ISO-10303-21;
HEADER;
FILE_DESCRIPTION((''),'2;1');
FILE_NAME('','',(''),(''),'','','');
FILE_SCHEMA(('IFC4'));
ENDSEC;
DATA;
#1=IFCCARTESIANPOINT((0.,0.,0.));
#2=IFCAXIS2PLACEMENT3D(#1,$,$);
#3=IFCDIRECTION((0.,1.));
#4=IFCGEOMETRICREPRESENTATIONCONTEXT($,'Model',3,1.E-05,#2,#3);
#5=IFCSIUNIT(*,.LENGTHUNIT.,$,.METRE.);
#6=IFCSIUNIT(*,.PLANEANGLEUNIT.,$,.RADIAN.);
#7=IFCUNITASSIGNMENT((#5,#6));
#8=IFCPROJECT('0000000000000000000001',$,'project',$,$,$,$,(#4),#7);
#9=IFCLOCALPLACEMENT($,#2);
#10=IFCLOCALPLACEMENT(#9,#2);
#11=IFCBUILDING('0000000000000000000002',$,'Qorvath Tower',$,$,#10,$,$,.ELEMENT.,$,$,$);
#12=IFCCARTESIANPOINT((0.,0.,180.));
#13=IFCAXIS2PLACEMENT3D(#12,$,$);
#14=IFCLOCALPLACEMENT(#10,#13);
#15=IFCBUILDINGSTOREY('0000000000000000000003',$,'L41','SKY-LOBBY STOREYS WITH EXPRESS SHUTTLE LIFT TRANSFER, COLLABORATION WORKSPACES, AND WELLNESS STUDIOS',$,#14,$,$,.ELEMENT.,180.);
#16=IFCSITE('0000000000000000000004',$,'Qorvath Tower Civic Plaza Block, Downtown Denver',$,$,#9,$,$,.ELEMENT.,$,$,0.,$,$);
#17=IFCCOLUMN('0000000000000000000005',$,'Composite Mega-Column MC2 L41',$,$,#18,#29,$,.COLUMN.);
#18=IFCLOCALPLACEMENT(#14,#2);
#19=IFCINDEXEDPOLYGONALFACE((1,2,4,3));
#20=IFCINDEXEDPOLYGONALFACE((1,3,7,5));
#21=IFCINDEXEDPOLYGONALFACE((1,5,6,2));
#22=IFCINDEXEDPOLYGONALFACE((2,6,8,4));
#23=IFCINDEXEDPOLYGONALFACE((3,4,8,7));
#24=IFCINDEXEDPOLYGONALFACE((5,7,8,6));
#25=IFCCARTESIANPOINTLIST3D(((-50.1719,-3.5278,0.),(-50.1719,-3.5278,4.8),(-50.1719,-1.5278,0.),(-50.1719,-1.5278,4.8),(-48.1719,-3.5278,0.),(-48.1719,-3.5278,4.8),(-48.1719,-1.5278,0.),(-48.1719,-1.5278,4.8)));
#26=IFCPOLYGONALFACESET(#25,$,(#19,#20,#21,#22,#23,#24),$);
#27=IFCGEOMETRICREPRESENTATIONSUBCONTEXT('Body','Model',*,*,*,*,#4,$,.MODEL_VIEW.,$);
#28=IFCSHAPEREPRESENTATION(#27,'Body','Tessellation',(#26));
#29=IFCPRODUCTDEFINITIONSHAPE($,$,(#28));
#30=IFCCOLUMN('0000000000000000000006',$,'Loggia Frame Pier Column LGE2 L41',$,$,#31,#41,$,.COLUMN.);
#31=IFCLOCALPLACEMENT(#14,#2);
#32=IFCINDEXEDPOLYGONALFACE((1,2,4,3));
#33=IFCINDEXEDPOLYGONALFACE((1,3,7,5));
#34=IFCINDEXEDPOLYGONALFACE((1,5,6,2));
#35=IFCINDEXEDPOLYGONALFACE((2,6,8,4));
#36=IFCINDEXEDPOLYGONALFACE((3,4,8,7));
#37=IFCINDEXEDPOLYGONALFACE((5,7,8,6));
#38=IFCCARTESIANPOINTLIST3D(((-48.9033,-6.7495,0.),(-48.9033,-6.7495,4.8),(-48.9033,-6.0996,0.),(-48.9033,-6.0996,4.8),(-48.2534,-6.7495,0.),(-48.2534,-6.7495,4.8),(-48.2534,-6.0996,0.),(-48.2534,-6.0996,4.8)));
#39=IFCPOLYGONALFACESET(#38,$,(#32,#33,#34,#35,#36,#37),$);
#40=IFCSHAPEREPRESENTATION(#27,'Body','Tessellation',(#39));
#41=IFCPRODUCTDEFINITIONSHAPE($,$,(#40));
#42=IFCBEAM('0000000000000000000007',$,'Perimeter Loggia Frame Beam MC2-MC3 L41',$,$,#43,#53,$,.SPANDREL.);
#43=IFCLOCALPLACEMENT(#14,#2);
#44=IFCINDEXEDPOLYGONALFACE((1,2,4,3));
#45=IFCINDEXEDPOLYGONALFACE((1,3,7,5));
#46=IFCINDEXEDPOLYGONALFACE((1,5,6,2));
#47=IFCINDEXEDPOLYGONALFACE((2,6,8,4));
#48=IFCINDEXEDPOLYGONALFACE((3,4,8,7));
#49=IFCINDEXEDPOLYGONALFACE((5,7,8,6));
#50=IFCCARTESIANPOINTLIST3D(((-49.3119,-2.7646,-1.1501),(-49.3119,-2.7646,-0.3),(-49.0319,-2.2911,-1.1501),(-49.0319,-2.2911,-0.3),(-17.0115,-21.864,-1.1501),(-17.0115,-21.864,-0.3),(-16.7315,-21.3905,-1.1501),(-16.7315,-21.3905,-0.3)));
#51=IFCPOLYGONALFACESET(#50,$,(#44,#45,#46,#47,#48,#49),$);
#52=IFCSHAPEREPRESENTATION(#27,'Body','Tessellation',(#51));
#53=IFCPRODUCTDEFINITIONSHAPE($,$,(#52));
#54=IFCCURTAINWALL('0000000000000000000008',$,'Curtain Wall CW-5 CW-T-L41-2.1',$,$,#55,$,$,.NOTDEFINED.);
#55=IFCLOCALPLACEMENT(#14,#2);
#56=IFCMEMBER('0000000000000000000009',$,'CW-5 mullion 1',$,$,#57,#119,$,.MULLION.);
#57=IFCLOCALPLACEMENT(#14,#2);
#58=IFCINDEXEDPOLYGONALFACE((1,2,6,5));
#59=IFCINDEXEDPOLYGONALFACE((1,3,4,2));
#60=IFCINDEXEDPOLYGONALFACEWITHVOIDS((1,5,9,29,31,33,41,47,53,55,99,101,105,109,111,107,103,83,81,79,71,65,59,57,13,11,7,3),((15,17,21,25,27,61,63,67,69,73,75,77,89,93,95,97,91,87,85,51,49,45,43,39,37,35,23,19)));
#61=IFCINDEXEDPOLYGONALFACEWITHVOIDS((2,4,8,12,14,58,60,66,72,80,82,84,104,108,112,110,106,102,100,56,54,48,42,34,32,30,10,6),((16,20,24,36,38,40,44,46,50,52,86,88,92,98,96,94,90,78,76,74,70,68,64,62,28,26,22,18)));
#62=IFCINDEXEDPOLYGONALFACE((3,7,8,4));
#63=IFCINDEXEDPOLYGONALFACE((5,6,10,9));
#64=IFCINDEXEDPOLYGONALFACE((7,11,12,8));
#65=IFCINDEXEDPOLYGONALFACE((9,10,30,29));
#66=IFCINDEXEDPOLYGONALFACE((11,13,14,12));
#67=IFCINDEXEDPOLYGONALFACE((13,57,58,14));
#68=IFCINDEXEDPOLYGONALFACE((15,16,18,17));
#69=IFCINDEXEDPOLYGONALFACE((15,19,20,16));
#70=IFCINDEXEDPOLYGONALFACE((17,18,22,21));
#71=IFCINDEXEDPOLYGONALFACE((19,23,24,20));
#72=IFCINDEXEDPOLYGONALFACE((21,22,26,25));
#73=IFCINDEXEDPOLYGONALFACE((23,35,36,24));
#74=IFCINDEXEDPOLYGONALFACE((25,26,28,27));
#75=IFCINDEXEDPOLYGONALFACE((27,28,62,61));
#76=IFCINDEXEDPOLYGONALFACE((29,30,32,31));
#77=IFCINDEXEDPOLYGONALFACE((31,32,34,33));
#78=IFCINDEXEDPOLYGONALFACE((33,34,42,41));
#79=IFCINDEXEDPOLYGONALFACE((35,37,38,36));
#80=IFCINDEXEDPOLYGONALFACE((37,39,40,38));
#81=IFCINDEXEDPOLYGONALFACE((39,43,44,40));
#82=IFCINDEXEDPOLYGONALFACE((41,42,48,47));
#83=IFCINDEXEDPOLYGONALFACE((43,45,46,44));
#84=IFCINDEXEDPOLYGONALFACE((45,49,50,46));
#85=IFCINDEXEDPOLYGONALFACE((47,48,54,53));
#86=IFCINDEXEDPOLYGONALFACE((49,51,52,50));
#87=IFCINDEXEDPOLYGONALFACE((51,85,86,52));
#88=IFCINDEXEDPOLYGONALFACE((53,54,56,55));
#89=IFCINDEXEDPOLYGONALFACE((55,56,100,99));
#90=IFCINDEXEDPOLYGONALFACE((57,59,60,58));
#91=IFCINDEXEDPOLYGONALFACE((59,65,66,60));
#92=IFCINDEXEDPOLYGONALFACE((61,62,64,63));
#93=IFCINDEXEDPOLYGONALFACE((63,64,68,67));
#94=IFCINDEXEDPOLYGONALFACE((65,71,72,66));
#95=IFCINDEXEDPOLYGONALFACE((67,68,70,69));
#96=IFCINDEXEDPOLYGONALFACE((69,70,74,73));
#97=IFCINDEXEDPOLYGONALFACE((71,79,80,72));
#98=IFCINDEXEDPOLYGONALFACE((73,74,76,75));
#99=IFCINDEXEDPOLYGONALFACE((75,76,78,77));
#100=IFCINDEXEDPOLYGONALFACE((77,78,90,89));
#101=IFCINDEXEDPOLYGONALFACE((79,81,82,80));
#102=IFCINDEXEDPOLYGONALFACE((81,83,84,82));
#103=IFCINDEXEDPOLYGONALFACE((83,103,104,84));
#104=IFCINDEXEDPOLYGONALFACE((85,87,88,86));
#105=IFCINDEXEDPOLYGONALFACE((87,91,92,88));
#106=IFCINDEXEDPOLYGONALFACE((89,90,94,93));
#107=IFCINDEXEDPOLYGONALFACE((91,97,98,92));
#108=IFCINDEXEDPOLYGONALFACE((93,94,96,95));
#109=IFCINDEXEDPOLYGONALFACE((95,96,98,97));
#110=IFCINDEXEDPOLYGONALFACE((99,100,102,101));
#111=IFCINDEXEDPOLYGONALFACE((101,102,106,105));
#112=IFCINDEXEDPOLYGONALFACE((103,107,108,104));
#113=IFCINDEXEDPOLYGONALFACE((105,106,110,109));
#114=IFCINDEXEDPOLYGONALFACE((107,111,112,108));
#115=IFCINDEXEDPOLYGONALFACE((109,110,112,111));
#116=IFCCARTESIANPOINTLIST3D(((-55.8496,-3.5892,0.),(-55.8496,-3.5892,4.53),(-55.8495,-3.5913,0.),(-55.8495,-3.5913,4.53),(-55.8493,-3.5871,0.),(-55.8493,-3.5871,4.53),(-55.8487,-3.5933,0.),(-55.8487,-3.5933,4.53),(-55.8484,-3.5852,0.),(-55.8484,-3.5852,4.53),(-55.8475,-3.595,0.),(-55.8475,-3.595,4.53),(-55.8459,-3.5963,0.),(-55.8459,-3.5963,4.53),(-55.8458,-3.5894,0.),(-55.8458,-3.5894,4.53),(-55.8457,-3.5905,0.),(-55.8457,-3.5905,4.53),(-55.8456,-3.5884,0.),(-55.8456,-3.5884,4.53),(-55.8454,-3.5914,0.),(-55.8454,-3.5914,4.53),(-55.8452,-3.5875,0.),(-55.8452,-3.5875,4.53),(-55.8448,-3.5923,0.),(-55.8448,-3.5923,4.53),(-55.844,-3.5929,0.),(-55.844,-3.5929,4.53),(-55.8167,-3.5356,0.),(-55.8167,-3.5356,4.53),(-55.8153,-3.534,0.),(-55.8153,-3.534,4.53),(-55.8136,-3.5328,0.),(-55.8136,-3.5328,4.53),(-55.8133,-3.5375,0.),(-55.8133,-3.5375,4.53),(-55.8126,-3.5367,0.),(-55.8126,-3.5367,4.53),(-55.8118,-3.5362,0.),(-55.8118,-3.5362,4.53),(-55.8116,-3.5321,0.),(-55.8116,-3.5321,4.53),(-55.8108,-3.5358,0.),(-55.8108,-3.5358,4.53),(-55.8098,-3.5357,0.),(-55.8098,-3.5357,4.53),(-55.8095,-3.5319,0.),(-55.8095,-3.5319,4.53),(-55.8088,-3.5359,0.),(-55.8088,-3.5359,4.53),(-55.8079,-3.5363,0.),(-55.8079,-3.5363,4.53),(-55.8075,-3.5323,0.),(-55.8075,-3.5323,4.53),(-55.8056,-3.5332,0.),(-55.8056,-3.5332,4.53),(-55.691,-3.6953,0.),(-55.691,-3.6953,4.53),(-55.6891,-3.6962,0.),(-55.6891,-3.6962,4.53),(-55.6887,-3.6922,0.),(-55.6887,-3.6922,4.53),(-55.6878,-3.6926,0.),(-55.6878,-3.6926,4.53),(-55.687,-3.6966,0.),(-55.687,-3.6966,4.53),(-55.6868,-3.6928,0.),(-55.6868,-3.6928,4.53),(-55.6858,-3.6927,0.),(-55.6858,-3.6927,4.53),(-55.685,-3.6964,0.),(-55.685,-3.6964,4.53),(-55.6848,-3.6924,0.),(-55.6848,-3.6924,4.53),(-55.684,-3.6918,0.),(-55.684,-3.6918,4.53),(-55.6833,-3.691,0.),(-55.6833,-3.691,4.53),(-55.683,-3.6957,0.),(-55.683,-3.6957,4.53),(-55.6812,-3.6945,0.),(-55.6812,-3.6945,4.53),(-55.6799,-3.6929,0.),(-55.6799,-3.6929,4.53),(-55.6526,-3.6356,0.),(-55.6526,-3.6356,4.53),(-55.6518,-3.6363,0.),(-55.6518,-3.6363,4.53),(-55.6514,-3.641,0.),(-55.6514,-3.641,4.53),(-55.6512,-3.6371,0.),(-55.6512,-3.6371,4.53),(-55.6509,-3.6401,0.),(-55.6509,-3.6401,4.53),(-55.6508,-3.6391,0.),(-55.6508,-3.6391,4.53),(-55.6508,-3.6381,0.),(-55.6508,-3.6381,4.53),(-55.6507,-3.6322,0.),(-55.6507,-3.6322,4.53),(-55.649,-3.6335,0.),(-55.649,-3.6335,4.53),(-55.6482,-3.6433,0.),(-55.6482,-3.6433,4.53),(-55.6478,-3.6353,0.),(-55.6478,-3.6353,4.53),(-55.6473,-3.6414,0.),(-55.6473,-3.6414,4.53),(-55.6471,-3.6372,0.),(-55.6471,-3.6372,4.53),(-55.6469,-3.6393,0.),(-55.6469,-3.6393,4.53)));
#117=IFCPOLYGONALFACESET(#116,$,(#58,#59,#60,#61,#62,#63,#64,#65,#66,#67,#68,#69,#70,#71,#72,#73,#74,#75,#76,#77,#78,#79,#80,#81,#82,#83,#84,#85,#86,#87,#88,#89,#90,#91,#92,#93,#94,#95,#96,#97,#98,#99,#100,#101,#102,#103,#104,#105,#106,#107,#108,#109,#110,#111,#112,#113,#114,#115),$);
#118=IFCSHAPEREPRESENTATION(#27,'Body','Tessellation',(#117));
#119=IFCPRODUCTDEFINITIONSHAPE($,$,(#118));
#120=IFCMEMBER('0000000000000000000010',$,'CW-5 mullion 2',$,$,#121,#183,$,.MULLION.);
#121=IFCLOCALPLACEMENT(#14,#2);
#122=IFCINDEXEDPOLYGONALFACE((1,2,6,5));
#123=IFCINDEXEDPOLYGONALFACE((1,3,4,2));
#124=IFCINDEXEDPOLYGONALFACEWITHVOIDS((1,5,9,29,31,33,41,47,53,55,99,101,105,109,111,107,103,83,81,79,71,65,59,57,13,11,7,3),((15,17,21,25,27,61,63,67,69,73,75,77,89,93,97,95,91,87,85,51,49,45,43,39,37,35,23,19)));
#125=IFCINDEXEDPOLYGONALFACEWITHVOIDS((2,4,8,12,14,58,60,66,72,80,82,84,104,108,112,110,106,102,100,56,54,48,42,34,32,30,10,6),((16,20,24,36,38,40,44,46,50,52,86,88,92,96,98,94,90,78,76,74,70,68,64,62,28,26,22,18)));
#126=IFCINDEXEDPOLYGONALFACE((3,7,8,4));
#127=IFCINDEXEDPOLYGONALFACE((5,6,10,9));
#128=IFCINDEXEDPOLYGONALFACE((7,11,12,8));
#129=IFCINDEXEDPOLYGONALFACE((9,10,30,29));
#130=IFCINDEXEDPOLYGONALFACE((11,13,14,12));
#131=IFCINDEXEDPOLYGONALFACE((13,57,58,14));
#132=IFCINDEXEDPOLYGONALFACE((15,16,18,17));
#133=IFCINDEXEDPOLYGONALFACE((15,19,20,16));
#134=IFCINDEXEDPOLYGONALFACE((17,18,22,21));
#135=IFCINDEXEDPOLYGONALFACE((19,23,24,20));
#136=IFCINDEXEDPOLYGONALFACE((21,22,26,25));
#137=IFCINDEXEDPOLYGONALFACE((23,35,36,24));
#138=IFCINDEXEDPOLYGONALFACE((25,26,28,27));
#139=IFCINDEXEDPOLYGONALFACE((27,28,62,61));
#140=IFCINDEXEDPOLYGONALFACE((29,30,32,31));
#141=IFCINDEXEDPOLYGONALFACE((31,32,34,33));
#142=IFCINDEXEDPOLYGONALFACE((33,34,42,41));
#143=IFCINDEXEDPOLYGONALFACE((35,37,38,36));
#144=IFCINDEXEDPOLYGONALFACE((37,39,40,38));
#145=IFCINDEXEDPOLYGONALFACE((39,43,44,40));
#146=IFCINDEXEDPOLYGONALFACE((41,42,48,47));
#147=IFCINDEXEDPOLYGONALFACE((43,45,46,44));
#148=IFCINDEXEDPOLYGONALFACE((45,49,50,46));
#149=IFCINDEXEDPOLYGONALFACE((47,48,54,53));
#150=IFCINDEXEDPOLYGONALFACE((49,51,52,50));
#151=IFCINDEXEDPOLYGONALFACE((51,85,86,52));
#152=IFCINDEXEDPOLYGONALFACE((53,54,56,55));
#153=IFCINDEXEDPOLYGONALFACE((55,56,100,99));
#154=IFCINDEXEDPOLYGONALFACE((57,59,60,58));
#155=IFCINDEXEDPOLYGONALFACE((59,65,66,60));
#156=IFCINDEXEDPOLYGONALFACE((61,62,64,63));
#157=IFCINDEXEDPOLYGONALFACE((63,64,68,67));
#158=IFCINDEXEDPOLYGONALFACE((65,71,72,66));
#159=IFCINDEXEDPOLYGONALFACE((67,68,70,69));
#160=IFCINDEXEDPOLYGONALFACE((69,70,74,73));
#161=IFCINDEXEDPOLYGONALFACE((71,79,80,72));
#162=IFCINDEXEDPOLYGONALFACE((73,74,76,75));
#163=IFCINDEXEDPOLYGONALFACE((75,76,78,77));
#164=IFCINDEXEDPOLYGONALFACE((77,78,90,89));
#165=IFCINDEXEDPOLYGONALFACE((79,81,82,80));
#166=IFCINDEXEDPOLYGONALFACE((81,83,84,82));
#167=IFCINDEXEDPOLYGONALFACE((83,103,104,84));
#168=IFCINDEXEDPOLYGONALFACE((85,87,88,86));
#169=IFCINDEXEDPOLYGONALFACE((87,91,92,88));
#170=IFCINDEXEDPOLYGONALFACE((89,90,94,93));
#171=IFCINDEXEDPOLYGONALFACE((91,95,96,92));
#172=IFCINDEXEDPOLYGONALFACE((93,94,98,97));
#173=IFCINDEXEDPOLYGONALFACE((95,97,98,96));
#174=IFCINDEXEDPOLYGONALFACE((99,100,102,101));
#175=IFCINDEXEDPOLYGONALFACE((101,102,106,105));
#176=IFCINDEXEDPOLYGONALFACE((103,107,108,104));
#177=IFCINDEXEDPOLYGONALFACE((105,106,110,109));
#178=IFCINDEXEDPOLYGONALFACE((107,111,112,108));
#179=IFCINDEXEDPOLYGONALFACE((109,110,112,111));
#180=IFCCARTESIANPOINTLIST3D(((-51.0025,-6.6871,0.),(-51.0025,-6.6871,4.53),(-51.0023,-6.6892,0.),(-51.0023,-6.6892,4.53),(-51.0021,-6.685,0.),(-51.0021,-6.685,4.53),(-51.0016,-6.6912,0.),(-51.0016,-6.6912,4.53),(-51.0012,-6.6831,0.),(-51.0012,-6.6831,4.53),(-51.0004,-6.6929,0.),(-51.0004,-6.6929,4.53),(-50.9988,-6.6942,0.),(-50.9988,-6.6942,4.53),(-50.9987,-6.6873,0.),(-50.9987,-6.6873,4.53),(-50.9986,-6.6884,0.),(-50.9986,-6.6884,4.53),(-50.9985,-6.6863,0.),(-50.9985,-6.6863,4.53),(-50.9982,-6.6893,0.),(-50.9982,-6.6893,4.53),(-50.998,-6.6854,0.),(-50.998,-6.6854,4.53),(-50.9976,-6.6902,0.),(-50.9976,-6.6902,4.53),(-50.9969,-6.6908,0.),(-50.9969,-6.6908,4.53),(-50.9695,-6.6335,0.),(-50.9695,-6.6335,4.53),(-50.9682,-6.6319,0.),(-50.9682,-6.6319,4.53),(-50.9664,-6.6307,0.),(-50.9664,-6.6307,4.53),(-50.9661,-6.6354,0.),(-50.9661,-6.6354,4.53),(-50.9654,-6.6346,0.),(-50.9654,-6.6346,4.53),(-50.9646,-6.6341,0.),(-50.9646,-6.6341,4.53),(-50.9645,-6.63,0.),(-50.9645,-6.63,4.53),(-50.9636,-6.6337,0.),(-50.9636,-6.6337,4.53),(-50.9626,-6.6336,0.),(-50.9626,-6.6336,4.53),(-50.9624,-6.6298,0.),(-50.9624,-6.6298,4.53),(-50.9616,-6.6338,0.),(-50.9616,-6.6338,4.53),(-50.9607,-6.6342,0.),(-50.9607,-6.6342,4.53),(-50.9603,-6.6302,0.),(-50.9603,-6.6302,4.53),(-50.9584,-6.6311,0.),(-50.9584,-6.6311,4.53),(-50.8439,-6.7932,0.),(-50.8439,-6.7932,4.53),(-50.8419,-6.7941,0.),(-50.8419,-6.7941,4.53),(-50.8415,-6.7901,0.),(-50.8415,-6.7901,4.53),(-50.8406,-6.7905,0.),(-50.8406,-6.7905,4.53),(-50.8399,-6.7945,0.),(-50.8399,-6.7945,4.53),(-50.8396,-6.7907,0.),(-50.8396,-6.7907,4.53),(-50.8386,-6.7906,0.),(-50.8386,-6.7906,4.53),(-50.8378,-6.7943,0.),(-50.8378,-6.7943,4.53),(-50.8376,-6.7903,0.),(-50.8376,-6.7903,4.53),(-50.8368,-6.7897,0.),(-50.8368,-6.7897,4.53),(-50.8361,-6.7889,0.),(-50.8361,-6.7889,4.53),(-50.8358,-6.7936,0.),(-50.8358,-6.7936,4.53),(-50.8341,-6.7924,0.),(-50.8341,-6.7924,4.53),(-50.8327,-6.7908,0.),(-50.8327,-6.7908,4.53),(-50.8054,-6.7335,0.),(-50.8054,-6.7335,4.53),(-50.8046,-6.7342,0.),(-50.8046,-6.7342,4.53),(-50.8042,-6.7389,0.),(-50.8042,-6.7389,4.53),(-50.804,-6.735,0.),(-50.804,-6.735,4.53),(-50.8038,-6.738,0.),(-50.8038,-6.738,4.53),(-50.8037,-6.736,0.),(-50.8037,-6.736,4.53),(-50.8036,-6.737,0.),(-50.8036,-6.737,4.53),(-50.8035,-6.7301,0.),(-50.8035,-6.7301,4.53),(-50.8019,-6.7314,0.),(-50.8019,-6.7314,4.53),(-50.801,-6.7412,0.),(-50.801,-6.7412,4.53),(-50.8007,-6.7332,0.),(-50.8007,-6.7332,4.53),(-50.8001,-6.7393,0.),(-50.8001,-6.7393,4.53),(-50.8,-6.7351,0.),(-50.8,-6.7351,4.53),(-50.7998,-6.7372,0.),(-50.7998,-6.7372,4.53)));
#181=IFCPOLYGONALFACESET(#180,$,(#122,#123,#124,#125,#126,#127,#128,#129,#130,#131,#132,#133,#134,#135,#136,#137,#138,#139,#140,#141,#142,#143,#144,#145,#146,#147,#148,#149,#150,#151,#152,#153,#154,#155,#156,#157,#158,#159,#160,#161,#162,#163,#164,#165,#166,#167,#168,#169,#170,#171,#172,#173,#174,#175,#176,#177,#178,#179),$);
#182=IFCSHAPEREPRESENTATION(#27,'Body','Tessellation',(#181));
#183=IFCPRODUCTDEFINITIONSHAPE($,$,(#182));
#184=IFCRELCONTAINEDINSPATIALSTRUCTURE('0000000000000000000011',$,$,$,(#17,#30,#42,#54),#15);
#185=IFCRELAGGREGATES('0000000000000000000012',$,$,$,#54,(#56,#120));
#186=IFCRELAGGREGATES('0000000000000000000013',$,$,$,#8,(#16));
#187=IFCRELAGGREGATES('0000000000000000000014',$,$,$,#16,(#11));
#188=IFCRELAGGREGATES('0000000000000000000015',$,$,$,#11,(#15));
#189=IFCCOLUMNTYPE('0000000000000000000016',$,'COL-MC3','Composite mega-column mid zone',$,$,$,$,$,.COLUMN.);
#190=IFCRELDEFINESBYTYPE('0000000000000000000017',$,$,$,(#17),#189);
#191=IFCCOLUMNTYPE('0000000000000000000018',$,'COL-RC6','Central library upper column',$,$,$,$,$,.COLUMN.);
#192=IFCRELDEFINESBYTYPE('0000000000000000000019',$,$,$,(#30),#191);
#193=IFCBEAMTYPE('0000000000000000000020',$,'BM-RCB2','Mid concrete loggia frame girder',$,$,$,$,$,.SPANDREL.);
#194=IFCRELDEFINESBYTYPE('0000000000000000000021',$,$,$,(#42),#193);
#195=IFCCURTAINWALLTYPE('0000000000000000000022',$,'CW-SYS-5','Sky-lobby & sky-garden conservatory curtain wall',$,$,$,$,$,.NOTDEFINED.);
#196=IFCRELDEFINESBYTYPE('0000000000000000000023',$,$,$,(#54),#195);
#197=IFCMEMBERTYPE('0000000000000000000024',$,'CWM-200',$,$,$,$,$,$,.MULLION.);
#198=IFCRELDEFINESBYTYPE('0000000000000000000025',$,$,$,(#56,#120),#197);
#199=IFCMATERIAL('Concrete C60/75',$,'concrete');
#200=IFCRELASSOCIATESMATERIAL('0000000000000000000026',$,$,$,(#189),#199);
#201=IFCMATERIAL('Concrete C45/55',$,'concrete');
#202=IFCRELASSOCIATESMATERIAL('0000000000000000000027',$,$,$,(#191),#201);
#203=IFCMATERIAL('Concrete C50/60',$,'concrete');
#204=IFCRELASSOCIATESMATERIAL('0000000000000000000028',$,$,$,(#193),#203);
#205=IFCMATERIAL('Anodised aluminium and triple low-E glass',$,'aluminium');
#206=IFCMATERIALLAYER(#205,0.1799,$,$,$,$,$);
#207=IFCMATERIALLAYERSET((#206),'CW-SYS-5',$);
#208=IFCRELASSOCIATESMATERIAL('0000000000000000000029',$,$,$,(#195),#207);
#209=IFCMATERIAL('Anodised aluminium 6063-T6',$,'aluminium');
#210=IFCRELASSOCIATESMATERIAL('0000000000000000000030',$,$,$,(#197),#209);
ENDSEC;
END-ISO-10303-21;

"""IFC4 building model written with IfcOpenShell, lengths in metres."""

from ifc_helpers import new_model, si_unit, direction, frame, origin, origin_2d, place, context, subcontext, project, spatial, rectangle, hollow_rectangle, extrude, material, layer, layer_set, material_profile, profile_set, type_object, element, aggregate, save


model = new_model("IFC4")

# Units and contexts
model_context = context("Model", 3, precision=1e-05, world=origin(), true_north=direction((0.0, 1.0)))
body_context = subcontext(model_context, "Body", "Model", "MODEL_VIEW")
ifc_project = project(units=[si_unit("LENGTHUNIT", "METRE"), si_unit("PLANEANGLEUNIT", "RADIAN")], contexts=[model_context])

# Site, building, storey
site_placement = place(None, origin())
site = spatial("IfcSite", under=ifc_project, at=site_placement, Name="Qorvath Tower Civic Plaza Block, Downtown Denver", CompositionType="ELEMENT", RefElevation=0.0)
building_placement = place(site_placement, origin())
building = spatial("IfcBuilding", under=site, at=building_placement, Name="Qorvath Tower", CompositionType="ELEMENT")
storey_placement = place(building_placement, frame((0.0, 0.0, 180.0)))
storey = spatial("IfcBuildingStorey", under=building, at=storey_placement, Name="L41", Description="SKY-LOBBY STOREYS WITH EXPRESS SHUTTLE LIFT TRANSFER, COLLABORATION WORKSPACES, AND WELLNESS STUDIOS", CompositionType="ELEMENT", Elevation=180.0)

# Columns
ifc_material_1 = material(Name="Concrete C60/75", Category="concrete")
ifc_material_profile_1 = material_profile(ifc_material_1, rectangle(XDim=2.0, YDim=2.0, at=origin_2d()), Name="MC 2000x2000")
ifc_profile_set_1 = profile_set([ifc_material_profile_1], Name="Concrete C60/75")
column_type_1 = type_object("IfcColumnType", Name="COL-MC3", Description="Composite mega-column mid zone", PredefinedType="COLUMN", material=ifc_profile_set_1)
column_1_placement = place(storey_placement, frame((-49.1719, -2.5278, 0.0), z_axis=(0.0, 0.0, 1.0), x_axis=(1.0, 0.0, 0.0)))
element("IfcColumn", 1, at=column_1_placement, inside=storey, type_object=column_type_1, Name="Composite Mega-Column MC2 L41", PredefinedType="COLUMN", context=body_context, shape_type="SweptSolid", body=[
    extrude(rectangle(XDim=2.0, YDim=2.0, at=origin_2d()), origin(), (0.0, 0.0, 1.0), 4.8),
])
ifc_material_2 = material(Name="Concrete C45/55", Category="concrete")
ifc_material_profile_2 = material_profile(ifc_material_2, rectangle(XDim=0.6499, YDim=0.6499, at=origin_2d()), Name="RC 650x650")
ifc_profile_set_2 = profile_set([ifc_material_profile_2], Name="Concrete C45/55")
column_type_2 = type_object("IfcColumnType", Name="COL-RC6", Description="Central library upper column", PredefinedType="COLUMN", material=ifc_profile_set_2)
column_2_placement = place(storey_placement, frame((-48.5784, -6.4246, 0.0), z_axis=(0.0, 0.0, 1.0), x_axis=(1.0, 0.0, 0.0)))
element("IfcColumn", 2, at=column_2_placement, inside=storey, type_object=column_type_2, Name="Loggia Frame Pier Column LGE2 L41", PredefinedType="COLUMN", context=body_context, shape_type="SweptSolid", body=[
    extrude(rectangle(XDim=0.6499, YDim=0.6499, at=origin_2d()), origin(), (0.0, 0.0, 1.0), 4.8),
])

# Beam
ifc_material_3 = material(Name="Concrete C50/60", Category="concrete")
ifc_material_profile_3 = material_profile(ifc_material_3, rectangle(XDim=0.55, YDim=0.8501, at=origin_2d()), Name="RCB 850x550")
ifc_profile_set_3 = profile_set([ifc_material_profile_3], Name="Concrete C50/60")
beam_type = type_object("IfcBeamType", Name="BM-RCB2", Description="Mid concrete loggia frame girder", PredefinedType="SPANDREL", material=ifc_profile_set_3)
beam_placement = place(storey_placement, frame((-49.1719, -2.5278, -0.7251), z_axis=(0.860777, -0.508983, 0.0), x_axis=(0.508983, 0.860777, 0.0)))
element("IfcBeam", 3, at=beam_placement, inside=storey, type_object=beam_type, Name="Perimeter Loggia Frame Beam MC2-MC3 L41", PredefinedType="SPANDREL", context=body_context, shape_type="SweptSolid", body=[
    extrude(rectangle(XDim=0.55, YDim=0.8501, at=origin_2d()), origin(), (0.0, 0.0, 1.0), 37.5247),
])

# Curtain wall, members
ifc_material_4 = material(Name="Anodised aluminium and triple low-E glass", Category="aluminium")
ifc_layer_1 = layer(ifc_material_4, 0.1799)
ifc_layer_set_1 = layer_set([ifc_layer_1], Name="CW-SYS-5")
curtain_wall_type = type_object("IfcCurtainWallType", Name="CW-SYS-5", Description="Sky-lobby & sky-garden conservatory curtain wall", PredefinedType="NOTDEFINED", material=ifc_layer_set_1)
curtain_wall_placement = place(storey_placement, origin())
curtain_wall = element("IfcCurtainWall", 4, at=curtain_wall_placement, inside=storey, type_object=curtain_wall_type, Name="Curtain Wall CW-5 CW-T-L41-2.1", PredefinedType="NOTDEFINED")
ifc_material_5 = material(Name="Anodised aluminium 6063-T6", Category="aluminium")
ifc_material_profile_4 = material_profile(ifc_material_5, hollow_rectangle(XDim=0.075, YDim=0.2, WallThickness=0.0039, InnerFilletRadius=0.0039, OuterFilletRadius=0.0081, at=origin_2d()), Name="CWM 200x75")
ifc_profile_set_4 = profile_set([ifc_material_profile_4], Name="Anodised aluminium 6063-T6")
member_type_1 = type_object("IfcMemberType", Name="CWM-200", PredefinedType="MULLION", material=ifc_profile_set_4)
member_1_placement = place(storey_placement, frame((-55.7483, -3.6143, 0.0), z_axis=(0.0, 0.0, 1.0), x_axis=(0.538533, 0.842604, 0.0)))
member_1 = element("IfcMember", 5, at=member_1_placement, type_object=member_type_1, Name="CW-5 mullion 1", PredefinedType="MULLION", context=body_context, shape_type="SweptSolid", body=[
    extrude(hollow_rectangle(XDim=0.075, YDim=0.2, WallThickness=0.0039, InnerFilletRadius=0.0039, OuterFilletRadius=0.0081, at=origin_2d()), origin(), (0.0, 0.0, 1.0), 4.53),
])
member_2_placement = place(storey_placement, frame((-50.9011, -6.7122, 0.0), z_axis=(0.0, 0.0, 1.0), x_axis=(0.538533, 0.842604, 0.0)))
member_2 = element("IfcMember", 6, at=member_2_placement, type_object=member_type_1, Name="CW-5 mullion 2", PredefinedType="MULLION", context=body_context, shape_type="SweptSolid", body=[
    extrude(hollow_rectangle(XDim=0.075, YDim=0.2, WallThickness=0.0039, InnerFilletRadius=0.0039, OuterFilletRadius=0.0081, at=origin_2d()), origin(), (0.0, 0.0, 1.0), 4.53),
])
aggregate(curtain_wall, [member_1, member_2])

save(model, "model.ifc")
